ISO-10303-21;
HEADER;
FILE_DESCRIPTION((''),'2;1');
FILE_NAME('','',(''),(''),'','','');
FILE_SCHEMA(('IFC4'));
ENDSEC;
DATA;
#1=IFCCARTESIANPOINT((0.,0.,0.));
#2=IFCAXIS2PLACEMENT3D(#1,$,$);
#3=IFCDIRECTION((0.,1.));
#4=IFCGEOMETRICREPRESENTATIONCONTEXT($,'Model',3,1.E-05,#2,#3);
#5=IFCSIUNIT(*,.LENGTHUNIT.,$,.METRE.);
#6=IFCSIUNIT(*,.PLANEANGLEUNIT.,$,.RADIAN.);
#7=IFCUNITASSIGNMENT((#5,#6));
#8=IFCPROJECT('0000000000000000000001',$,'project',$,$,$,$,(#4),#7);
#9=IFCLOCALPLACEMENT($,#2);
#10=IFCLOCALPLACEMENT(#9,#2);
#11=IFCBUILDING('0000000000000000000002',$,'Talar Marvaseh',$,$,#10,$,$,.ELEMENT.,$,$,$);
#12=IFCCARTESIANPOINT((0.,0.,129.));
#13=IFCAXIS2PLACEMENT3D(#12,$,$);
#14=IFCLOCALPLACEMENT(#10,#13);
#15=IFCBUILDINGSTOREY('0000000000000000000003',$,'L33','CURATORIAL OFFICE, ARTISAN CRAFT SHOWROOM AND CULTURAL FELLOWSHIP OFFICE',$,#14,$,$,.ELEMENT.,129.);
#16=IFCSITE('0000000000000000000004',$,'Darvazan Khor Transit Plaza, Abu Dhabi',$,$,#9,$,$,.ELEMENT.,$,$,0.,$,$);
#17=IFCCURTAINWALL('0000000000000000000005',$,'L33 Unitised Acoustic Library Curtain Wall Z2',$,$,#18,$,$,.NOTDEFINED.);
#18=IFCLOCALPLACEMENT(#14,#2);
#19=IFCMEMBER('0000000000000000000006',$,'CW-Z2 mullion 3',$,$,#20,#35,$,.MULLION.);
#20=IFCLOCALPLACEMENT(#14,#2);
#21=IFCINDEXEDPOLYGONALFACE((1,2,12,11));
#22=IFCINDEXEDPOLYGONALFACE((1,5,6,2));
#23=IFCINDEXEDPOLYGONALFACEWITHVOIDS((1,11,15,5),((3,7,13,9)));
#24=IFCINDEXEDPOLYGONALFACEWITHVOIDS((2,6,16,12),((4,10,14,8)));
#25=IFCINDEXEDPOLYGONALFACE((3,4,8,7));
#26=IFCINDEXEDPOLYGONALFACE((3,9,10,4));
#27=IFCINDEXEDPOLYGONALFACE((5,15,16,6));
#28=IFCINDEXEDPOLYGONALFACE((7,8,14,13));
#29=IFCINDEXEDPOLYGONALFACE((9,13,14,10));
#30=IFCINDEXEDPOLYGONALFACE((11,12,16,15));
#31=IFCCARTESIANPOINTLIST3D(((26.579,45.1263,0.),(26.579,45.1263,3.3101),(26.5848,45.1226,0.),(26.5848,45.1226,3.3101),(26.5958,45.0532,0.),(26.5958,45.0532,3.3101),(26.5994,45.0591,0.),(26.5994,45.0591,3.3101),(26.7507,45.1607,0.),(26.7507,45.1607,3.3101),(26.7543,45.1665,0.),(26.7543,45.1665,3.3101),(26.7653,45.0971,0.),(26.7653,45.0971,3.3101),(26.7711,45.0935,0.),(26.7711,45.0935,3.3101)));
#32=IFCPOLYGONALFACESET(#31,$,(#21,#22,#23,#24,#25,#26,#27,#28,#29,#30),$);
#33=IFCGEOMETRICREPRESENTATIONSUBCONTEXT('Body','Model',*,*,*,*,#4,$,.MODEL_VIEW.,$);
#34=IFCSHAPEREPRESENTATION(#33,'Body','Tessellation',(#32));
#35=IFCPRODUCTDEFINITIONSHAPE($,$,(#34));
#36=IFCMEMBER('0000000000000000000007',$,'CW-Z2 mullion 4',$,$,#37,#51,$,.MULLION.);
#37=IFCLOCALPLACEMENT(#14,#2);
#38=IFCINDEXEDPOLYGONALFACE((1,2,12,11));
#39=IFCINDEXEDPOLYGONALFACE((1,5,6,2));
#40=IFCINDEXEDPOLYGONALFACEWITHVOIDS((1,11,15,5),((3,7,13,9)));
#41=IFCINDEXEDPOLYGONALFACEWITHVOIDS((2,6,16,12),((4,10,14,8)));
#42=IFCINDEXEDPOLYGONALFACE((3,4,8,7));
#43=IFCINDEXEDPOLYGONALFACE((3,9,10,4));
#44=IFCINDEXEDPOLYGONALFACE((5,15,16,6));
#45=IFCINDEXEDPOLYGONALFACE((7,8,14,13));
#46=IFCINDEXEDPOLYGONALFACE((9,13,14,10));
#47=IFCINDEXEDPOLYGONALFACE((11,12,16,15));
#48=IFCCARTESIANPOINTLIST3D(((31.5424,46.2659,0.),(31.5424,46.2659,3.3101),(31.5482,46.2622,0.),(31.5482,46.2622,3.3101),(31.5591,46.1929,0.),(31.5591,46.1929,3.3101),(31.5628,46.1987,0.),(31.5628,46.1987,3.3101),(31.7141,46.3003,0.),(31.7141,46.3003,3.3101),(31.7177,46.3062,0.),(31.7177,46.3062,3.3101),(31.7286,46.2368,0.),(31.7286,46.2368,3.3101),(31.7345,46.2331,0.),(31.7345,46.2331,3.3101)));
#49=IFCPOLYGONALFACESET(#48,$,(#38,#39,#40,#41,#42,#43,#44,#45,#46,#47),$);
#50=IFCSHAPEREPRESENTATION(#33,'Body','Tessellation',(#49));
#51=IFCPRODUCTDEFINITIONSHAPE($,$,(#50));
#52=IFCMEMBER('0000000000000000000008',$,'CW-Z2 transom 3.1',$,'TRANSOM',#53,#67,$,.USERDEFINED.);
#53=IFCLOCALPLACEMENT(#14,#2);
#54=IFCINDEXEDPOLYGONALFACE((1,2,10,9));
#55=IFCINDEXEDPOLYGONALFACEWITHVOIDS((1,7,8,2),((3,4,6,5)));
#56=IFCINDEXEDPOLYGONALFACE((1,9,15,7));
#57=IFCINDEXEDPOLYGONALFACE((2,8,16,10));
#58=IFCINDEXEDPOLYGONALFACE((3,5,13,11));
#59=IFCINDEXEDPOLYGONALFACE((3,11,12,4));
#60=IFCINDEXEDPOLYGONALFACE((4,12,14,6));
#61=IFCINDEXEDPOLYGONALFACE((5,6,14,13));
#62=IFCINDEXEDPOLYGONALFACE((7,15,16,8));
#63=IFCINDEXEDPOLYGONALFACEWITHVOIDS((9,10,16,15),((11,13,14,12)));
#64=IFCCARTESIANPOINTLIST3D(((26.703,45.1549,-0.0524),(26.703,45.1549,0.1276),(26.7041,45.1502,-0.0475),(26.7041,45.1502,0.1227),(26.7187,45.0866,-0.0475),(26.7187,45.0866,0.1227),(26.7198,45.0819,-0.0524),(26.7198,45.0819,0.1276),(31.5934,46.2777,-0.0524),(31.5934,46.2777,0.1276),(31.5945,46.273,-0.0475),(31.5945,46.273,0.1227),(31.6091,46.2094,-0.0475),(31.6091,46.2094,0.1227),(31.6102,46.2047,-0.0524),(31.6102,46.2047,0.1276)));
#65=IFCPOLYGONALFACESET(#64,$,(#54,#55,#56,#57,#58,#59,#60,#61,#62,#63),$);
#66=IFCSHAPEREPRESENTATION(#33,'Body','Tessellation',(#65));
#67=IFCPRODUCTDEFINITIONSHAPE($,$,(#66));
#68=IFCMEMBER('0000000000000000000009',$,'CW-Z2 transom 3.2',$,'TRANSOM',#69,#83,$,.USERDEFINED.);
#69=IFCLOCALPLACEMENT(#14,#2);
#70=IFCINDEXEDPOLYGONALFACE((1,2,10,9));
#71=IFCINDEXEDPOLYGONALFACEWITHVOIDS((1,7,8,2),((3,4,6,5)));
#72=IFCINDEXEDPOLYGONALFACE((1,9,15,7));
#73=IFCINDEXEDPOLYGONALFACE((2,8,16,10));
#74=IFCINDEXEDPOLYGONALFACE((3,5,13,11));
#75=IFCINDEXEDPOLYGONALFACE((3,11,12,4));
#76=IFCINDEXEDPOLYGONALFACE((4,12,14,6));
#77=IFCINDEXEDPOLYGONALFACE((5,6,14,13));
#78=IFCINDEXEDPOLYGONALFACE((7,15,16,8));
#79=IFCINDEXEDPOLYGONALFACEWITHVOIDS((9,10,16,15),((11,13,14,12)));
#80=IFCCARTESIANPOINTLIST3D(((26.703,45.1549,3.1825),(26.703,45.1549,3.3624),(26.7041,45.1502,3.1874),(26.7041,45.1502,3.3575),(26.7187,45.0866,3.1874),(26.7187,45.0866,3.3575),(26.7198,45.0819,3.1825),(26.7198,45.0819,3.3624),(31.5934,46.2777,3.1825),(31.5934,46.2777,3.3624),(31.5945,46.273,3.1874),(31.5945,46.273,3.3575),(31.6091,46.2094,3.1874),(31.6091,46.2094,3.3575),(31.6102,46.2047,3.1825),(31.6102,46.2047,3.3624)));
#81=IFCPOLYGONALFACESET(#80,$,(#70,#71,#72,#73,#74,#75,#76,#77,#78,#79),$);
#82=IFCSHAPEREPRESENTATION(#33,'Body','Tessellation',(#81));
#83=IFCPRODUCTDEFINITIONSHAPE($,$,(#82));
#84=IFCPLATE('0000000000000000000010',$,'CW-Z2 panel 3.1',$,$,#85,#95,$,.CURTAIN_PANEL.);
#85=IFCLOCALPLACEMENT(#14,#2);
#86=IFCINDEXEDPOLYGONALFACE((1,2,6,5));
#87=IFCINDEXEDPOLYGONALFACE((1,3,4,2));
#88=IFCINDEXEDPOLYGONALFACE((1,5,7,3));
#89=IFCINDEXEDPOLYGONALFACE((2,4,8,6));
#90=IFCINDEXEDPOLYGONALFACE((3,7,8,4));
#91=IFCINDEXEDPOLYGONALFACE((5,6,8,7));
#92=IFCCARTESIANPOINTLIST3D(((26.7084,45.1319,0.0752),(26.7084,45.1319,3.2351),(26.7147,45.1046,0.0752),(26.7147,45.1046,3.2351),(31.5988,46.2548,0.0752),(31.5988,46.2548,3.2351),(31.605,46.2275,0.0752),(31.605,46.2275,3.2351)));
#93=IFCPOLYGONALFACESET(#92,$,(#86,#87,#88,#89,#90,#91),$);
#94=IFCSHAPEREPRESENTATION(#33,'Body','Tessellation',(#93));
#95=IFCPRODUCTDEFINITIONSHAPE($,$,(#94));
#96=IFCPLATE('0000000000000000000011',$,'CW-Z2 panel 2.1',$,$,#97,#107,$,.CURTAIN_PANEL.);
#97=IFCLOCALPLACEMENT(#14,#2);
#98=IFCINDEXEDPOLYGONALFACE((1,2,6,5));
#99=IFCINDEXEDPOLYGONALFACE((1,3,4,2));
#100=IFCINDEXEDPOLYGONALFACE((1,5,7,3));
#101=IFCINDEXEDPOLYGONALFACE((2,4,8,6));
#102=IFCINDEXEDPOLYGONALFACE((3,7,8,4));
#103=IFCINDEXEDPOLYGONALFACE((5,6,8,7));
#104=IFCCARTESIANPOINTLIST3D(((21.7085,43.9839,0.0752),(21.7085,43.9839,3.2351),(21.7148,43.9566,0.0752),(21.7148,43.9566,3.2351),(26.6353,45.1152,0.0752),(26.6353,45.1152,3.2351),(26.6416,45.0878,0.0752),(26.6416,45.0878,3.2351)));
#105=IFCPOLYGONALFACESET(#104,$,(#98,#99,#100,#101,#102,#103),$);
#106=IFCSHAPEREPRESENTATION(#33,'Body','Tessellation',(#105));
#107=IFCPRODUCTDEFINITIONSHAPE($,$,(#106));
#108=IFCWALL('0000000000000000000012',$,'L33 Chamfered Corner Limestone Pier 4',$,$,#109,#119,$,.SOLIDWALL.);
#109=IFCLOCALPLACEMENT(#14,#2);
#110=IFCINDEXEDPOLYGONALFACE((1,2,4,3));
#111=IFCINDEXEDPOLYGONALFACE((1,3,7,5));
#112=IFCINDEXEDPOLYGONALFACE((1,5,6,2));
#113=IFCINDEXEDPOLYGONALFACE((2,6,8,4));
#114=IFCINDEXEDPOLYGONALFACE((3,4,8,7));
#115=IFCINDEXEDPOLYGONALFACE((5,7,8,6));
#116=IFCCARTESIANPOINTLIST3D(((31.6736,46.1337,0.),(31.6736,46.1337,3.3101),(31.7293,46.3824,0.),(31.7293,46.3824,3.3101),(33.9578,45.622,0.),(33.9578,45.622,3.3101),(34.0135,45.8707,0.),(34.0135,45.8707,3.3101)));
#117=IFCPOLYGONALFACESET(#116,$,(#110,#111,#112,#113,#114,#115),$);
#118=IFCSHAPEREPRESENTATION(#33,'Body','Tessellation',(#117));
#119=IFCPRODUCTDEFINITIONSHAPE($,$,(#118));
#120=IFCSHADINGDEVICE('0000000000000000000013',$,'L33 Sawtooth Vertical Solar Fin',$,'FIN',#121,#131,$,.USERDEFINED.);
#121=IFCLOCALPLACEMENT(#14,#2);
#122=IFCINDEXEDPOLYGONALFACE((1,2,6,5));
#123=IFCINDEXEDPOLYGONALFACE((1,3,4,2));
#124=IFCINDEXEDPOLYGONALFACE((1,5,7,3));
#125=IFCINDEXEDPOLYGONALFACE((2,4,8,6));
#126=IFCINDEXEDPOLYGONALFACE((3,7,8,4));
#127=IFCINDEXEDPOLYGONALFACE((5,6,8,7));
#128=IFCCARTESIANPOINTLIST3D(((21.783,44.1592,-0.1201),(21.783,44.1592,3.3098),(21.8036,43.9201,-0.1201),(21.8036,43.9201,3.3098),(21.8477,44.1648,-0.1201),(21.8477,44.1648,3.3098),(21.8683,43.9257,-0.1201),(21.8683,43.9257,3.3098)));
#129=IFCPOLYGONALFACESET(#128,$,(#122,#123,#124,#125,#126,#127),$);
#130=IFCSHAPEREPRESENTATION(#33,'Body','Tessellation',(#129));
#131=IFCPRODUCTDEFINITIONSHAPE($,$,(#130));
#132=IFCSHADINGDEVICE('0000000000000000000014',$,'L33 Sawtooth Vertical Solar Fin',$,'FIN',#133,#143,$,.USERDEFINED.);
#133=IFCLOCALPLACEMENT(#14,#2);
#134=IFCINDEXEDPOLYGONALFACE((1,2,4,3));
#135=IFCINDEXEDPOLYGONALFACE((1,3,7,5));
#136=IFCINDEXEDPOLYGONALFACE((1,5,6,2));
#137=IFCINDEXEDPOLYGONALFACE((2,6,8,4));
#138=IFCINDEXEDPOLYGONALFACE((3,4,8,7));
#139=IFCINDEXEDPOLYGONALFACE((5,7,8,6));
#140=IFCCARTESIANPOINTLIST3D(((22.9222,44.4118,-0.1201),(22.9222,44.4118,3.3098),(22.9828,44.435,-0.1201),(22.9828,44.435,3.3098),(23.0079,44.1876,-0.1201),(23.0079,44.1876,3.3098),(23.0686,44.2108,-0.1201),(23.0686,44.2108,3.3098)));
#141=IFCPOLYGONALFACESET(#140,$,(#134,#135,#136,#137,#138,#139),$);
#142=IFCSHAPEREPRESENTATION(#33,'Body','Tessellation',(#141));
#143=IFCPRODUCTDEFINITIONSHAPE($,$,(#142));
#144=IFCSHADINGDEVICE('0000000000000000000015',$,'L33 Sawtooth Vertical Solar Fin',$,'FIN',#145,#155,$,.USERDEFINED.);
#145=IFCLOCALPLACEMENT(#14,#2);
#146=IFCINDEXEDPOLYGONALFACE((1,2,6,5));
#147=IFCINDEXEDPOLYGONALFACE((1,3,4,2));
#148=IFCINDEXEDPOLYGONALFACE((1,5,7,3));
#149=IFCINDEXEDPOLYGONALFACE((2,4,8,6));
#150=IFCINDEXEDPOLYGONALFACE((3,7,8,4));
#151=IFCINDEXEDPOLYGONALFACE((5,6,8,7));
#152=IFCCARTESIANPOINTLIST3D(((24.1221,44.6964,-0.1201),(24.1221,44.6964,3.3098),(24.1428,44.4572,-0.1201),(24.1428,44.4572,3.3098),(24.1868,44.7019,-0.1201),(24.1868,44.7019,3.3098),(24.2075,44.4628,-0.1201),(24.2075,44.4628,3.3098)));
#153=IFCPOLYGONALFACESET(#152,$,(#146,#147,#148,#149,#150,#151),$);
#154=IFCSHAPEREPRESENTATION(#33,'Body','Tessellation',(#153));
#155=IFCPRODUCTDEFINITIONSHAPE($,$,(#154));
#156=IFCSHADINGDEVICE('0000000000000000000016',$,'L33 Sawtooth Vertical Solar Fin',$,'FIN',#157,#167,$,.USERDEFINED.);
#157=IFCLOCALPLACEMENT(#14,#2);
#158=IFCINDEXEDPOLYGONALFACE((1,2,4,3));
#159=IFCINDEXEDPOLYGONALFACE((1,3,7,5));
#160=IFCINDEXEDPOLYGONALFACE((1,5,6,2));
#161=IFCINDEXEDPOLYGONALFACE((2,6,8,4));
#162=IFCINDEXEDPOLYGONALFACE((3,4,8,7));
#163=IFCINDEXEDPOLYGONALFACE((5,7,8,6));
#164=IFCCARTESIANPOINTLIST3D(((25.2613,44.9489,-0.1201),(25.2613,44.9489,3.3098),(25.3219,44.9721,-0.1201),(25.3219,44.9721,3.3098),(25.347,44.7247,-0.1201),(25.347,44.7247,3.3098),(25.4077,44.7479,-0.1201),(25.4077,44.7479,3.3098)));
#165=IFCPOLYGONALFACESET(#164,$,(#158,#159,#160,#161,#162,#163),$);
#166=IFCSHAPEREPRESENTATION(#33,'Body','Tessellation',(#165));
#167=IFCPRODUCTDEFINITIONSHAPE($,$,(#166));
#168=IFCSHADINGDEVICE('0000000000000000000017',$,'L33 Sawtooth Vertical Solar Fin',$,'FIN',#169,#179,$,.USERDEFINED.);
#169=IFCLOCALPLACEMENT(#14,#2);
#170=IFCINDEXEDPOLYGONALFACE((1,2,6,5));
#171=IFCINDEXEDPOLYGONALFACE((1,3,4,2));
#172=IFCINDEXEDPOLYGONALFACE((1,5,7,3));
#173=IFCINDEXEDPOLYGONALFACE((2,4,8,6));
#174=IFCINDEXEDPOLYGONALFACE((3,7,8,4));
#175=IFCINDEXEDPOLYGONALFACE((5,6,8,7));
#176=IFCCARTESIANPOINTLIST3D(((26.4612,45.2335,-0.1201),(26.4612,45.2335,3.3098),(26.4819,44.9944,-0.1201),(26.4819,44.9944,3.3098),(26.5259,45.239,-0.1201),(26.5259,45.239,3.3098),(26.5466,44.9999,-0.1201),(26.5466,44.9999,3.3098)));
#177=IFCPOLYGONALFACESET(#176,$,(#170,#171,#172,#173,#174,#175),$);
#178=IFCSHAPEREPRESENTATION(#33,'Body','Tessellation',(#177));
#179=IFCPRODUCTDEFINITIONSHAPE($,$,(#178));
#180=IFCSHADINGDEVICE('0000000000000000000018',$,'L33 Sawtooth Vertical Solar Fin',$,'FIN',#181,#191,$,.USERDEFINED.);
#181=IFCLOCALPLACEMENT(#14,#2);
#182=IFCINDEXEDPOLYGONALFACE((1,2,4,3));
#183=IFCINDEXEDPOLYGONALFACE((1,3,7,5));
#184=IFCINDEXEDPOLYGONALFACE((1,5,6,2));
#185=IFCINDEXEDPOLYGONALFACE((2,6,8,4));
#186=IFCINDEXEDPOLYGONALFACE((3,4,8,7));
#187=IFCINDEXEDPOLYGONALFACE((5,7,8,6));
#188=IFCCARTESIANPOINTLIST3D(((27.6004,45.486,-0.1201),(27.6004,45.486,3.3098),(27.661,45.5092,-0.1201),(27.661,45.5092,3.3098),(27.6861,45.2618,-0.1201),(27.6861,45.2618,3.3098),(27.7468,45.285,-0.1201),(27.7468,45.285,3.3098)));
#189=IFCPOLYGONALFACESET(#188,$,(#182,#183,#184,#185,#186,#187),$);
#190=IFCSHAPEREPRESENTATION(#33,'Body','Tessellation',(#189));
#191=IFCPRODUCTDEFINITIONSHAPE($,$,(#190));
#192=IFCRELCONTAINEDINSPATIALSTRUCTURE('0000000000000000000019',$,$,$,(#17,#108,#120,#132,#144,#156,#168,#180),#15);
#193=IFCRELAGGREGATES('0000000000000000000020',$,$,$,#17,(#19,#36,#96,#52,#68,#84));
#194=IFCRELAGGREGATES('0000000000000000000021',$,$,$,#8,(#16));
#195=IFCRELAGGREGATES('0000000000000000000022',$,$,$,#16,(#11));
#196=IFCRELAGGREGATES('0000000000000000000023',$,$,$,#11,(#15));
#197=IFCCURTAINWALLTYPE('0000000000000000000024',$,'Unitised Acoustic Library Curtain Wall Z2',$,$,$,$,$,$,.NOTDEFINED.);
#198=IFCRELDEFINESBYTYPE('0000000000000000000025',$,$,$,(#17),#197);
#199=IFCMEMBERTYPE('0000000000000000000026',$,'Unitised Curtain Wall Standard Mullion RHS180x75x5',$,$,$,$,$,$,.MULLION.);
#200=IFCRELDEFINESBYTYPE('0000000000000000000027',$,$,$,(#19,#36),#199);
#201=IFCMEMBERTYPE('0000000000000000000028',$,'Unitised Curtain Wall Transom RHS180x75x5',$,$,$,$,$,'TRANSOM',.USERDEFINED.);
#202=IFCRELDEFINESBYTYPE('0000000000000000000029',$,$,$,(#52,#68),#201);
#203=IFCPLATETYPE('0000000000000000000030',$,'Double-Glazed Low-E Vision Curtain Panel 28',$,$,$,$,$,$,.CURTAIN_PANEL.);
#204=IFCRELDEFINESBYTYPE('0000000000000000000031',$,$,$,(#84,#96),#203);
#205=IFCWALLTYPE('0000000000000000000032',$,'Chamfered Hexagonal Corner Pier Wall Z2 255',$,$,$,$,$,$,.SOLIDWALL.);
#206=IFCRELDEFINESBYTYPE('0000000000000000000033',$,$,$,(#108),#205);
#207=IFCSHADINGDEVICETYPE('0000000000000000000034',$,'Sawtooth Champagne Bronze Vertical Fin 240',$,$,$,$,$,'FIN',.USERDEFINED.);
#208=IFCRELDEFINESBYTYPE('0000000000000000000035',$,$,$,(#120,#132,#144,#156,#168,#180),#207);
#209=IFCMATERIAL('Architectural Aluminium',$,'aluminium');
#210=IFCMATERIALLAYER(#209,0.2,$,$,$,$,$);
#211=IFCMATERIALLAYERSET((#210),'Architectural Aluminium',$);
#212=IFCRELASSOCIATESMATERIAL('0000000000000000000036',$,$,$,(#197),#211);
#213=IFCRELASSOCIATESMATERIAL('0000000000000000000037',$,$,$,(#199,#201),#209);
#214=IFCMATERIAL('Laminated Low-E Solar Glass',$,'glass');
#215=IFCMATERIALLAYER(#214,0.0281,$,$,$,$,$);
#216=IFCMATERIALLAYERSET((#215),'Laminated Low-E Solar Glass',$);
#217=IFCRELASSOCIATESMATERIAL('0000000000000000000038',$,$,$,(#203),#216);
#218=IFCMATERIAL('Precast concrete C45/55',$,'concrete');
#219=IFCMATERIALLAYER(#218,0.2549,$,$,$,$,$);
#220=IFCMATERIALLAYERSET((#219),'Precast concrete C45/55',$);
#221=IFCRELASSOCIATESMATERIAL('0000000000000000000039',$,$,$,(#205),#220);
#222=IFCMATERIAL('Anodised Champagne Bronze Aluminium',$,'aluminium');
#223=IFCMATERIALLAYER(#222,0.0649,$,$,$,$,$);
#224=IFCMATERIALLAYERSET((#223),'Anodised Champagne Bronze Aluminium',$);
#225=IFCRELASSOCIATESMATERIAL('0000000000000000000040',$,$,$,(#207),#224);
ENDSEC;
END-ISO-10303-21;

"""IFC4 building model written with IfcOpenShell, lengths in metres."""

from ifc_helpers import new_model, si_unit, direction, frame, frame_2d, origin, origin_2d, place, context, subcontext, project, spatial, rectangle, hollow_rectangle, extrude, source, transform, mapped, material, layer, layer_set, material_profile, profile_set, type_object, type_shapes, element, aggregate, save


model = new_model("IFC4")

# Units and contexts
model_context = context("Model", 3, precision=1e-05, world=origin(), true_north=direction((0.0, 1.0)))
body_context = subcontext(model_context, "Body", "Model", "MODEL_VIEW")
ifc_project = project(units=[si_unit("LENGTHUNIT", "METRE"), si_unit("PLANEANGLEUNIT", "RADIAN")], contexts=[model_context])

# Site, building, storey
site_placement = place(None, origin())
site = spatial("IfcSite", under=ifc_project, at=site_placement, Name="Darvazan Khor Transit Plaza, Abu Dhabi", CompositionType="ELEMENT", RefElevation=0.0)
building_placement = place(site_placement, origin())
building = spatial("IfcBuilding", under=site, at=building_placement, Name="Talar Marvaseh", CompositionType="ELEMENT")
storey_placement = place(building_placement, frame((0.0, 0.0, 129.0)))
storey = spatial("IfcBuildingStorey", under=building, at=storey_placement, Name="L33", Description="CURATORIAL OFFICE, ARTISAN CRAFT SHOWROOM AND CULTURAL FELLOWSHIP OFFICE", CompositionType="ELEMENT", Elevation=129.0)

# Curtain wall, members, plates
ifc_material_1 = material(Name="Architectural Aluminium", Category="aluminium")
ifc_layer_1 = layer(ifc_material_1, 0.2)
ifc_layer_set_1 = layer_set([ifc_layer_1], Name="Architectural Aluminium")
curtain_wall_type = type_object("IfcCurtainWallType", Name="Unitised Acoustic Library Curtain Wall Z2", PredefinedType="NOTDEFINED", material=ifc_layer_set_1)
curtain_wall_placement = place(storey_placement, origin())
curtain_wall = element("IfcCurtainWall", 1, at=curtain_wall_placement, inside=storey, type_object=curtain_wall_type, Name="L33 Unitised Acoustic Library Curtain Wall Z2", PredefinedType="NOTDEFINED")
ifc_material_profile_1 = material_profile(ifc_material_1, hollow_rectangle(XDim=0.075, YDim=0.1799, WallThickness=0.0049, at=origin_2d()), Name="RHS180x75x5")
ifc_profile_set_1 = profile_set([ifc_material_profile_1], Name="Architectural Aluminium")
member_type_1 = type_object("IfcMemberType", Name="Unitised Curtain Wall Standard Mullion RHS180x75x5", PredefinedType="MULLION", material=ifc_profile_set_1)
shared_shape_1 = source(origin(), body_context, "Body", "SweptSolid", [
    extrude(hollow_rectangle(XDim=0.075, YDim=0.1799, WallThickness=0.0049, at=origin_2d()), origin(), (0.0, 0.0, 1.0), 3.3101),
])
type_shapes(member_type_1, [shared_shape_1])
member_1_placement = place(storey_placement, frame((26.675, 45.1099, 0.0), z_axis=(0.0, 0.0, 1.0), x_axis=(-0.223793, 0.974637, 0.0)))
member_1 = element("IfcMember", 2, at=member_1_placement, type_object=member_type_1, Name="CW-Z2 mullion 3", PredefinedType="MULLION", context=body_context, shape_type="MappedRepresentation", body=[
    mapped(shared_shape_1, transform((0.0, 0.0, 0.0), x_axis=(1.0, 0.0, 0.0), y_axis=(0.0, 1.0, 0.0), z_axis=(0.0, 0.0, 1.0), scale=1.0)),
])
member_2_placement = place(storey_placement, frame((31.6384, 46.2495, 0.0), z_axis=(0.0, 0.0, 1.0), x_axis=(-0.223793, 0.974637, 0.0)))
member_2 = element("IfcMember", 3, at=member_2_placement, type_object=member_type_1, Name="CW-Z2 mullion 4", PredefinedType="MULLION", context=body_context, shape_type="MappedRepresentation", body=[
    mapped(shared_shape_1, transform((0.0, 0.0, 0.0), x_axis=(1.0, 0.0, 0.0), y_axis=(0.0, 1.0, 0.0), z_axis=(0.0, 0.0, 1.0), scale=1.0)),
])
ifc_material_profile_2 = material_profile(ifc_material_1, hollow_rectangle(XDim=0.075, YDim=0.1799, WallThickness=0.0049, at=origin_2d()), Name="RHS180x75x5")
ifc_profile_set_2 = profile_set([ifc_material_profile_2], Name="Architectural Aluminium")
member_type_2 = type_object("IfcMemberType", Name="Unitised Curtain Wall Transom RHS180x75x5", ElementType="TRANSOM", PredefinedType="USERDEFINED", material=ifc_profile_set_2)
shared_shape_2 = source(origin(), body_context, "Body", "SweptSolid", [
    extrude(hollow_rectangle(XDim=0.075, YDim=0.1799, WallThickness=0.0049, at=origin_2d()), origin(), (0.0, 0.0, 1.0), 5.0176),
])
type_shapes(member_type_2, [shared_shape_2])
member_3_placement = place(storey_placement, frame((26.7114, 45.1184, 0.0376), z_axis=(0.974642, 0.223772, 0.0), x_axis=(-0.223772, 0.974642, 0.0)))
member_3 = element("IfcMember", 4, at=member_3_placement, type_object=member_type_2, Name="CW-Z2 transom 3.1", ObjectType="TRANSOM", PredefinedType="USERDEFINED", context=body_context, shape_type="MappedRepresentation", body=[
    mapped(shared_shape_2, transform((0.0, 0.0, 0.0), x_axis=(1.0, 0.0, 0.0), y_axis=(0.0, 1.0, 0.0), z_axis=(0.0, 0.0, 1.0), scale=1.0)),
])
member_4_placement = place(storey_placement, frame((26.7114, 45.1184, 3.2725), z_axis=(0.974642, 0.223772, 0.0), x_axis=(-0.223772, 0.974642, 0.0)))
member_4 = element("IfcMember", 5, at=member_4_placement, type_object=member_type_2, Name="CW-Z2 transom 3.2", ObjectType="TRANSOM", PredefinedType="USERDEFINED", context=body_context, shape_type="MappedRepresentation", body=[
    mapped(shared_shape_2, transform((0.0, 0.0, 0.0), x_axis=(1.0, 0.0, 0.0), y_axis=(0.0, 1.0, 0.0), z_axis=(0.0, 0.0, 1.0), scale=1.0)),
])
ifc_material_2 = material(Name="Laminated Low-E Solar Glass", Category="glass")
ifc_layer_2 = layer(ifc_material_2, 0.0281)
ifc_layer_set_2 = layer_set([ifc_layer_2], Name="Laminated Low-E Solar Glass")
plate_type = type_object("IfcPlateType", Name="Double-Glazed Low-E Vision Curtain Panel 28", PredefinedType="CURTAIN_PANEL", material=ifc_layer_set_2)
shared_shape_3 = source(origin(), body_context, "Body", "SweptSolid", [
    extrude(rectangle(XDim=5.0176, YDim=0.0281, at=origin_2d()), origin(), (0.0, 0.0, 1.0), 3.1599),
])
plate_1_placement = place(storey_placement, frame((29.1567, 45.6797, 0.0752), z_axis=(0.0, 0.0, 1.0), x_axis=(0.974637, 0.223793, 0.0)))
plate_1 = element("IfcPlate", 6, at=plate_1_placement, type_object=plate_type, Name="CW-Z2 panel 3.1", PredefinedType="CURTAIN_PANEL", context=body_context, shape_type="MappedRepresentation", body=[
    mapped(shared_shape_3, transform((0.0, 0.0, 0.0), x_axis=(1.0, 0.0, 0.0), y_axis=(0.0, 1.0, 0.0), z_axis=(0.0, 0.0, 1.0), scale=1.0)),
])
shared_shape_4 = source(origin(), body_context, "Body", "SweptSolid", [
    extrude(rectangle(XDim=5.0549, YDim=0.0281, at=origin_2d()), origin(), (0.0, 0.0, 1.0), 3.1599),
])
type_shapes(plate_type, [shared_shape_3, shared_shape_4])
plate_2_placement = place(storey_placement, frame((24.175, 44.5359, 0.0752), z_axis=(0.0, 0.0, 1.0), x_axis=(0.974637, 0.223793, 0.0)))
plate_2 = element("IfcPlate", 7, at=plate_2_placement, type_object=plate_type, Name="CW-Z2 panel 2.1", PredefinedType="CURTAIN_PANEL", context=body_context, shape_type="MappedRepresentation", body=[
    mapped(shared_shape_4, transform((0.0, 0.0, 0.0), x_axis=(1.0, 0.0, 0.0), y_axis=(0.0, 1.0, 0.0), z_axis=(0.0, 0.0, 1.0), scale=1.0)),
])
aggregate(curtain_wall, [member_1, member_2, plate_2, member_3, member_4, plate_1])

# Wall
ifc_material_3 = material(Name="Precast concrete C45/55", Category="concrete")
ifc_layer_3 = layer(ifc_material_3, 0.2549)
ifc_layer_set_3 = layer_set([ifc_layer_3], Name="Precast concrete C45/55")
wall_type = type_object("IfcWallType", Name="Chamfered Hexagonal Corner Pier Wall Z2 255", PredefinedType="SOLIDWALL", material=ifc_layer_set_3)
wall_placement = place(storey_placement, frame((31.7014, 46.2581, 0.0), z_axis=(0.0, 0.0, 1.0), x_axis=(0.975813, -0.218609, 0.0)))
element("IfcWall", 8, at=wall_placement, inside=storey, type_object=wall_type, Name="L33 Chamfered Corner Limestone Pier 4", PredefinedType="SOLIDWALL", context=body_context, shape_type="SweptSolid", body=[
    extrude(rectangle(XDim=2.3408, YDim=0.2549, at=frame_2d((1.1704, 0.0))), origin(), (0.0, 0.0, 1.0), 3.3101),
])

# Shading devices
ifc_material_4 = material(Name="Anodised Champagne Bronze Aluminium", Category="aluminium")
ifc_layer_4 = layer(ifc_material_4, 0.0649)
ifc_layer_set_4 = layer_set([ifc_layer_4], Name="Anodised Champagne Bronze Aluminium")
shading_device_type = type_object("IfcShadingDeviceType", Name="Sawtooth Champagne Bronze Vertical Fin 240", ElementType="FIN", PredefinedType="USERDEFINED", material=ifc_layer_set_4)
shared_shape_5 = source(origin(), body_context, "Body", "SweptSolid", [
    extrude(rectangle(XDim=0.24, YDim=0.0649, at=origin_2d()), origin(), (0.0, 0.0, 1.0), 3.4299),
])
type_shapes(shading_device_type, [shared_shape_5])
for number, where, z_axis, x_axis, name in (
    (9, (21.8257, 44.0425, -0.1201), (0.0, 0.0, 1.0), (-0.085939, 0.9963, 0.0), "L33 Sawtooth Vertical Solar Fin"),
    (10, (22.9954, 44.3113, -0.1201), (0.0, 0.0, 1.0), (-0.357227, 0.934018, 0.0), "L33 Sawtooth Vertical Solar Fin"),
    (11, (24.1648, 44.5796, -0.1201), (0.0, 0.0, 1.0), (-0.085939, 0.9963, 0.0), "L33 Sawtooth Vertical Solar Fin"),
    (12, (25.3345, 44.8484, -0.1201), (0.0, 0.0, 1.0), (-0.357227, 0.934018, 0.0), "L33 Sawtooth Vertical Solar Fin"),
    (13, (26.5039, 45.1167, -0.1201), (0.0, 0.0, 1.0), (-0.085939, 0.9963, 0.0), "L33 Sawtooth Vertical Solar Fin"),
    (14, (27.6736, 45.3855, -0.1201), (0.0, 0.0, 1.0), (-0.357227, 0.934018, 0.0), "L33 Sawtooth Vertical Solar Fin"),
):
    element("IfcShadingDevice", number, at=place(storey_placement, frame(where, z_axis=z_axis, x_axis=x_axis)), inside=storey, type_object=shading_device_type, Name=name, ObjectType="FIN", PredefinedType="USERDEFINED", context=body_context, shape_type="MappedRepresentation", body=[
        mapped(shared_shape_5, transform((0.0, 0.0, 0.0), x_axis=(1.0, 0.0, 0.0), y_axis=(0.0, 1.0, 0.0), z_axis=(0.0, 0.0, 1.0), scale=1.0)),
    ])

save(model, "model.ifc")
